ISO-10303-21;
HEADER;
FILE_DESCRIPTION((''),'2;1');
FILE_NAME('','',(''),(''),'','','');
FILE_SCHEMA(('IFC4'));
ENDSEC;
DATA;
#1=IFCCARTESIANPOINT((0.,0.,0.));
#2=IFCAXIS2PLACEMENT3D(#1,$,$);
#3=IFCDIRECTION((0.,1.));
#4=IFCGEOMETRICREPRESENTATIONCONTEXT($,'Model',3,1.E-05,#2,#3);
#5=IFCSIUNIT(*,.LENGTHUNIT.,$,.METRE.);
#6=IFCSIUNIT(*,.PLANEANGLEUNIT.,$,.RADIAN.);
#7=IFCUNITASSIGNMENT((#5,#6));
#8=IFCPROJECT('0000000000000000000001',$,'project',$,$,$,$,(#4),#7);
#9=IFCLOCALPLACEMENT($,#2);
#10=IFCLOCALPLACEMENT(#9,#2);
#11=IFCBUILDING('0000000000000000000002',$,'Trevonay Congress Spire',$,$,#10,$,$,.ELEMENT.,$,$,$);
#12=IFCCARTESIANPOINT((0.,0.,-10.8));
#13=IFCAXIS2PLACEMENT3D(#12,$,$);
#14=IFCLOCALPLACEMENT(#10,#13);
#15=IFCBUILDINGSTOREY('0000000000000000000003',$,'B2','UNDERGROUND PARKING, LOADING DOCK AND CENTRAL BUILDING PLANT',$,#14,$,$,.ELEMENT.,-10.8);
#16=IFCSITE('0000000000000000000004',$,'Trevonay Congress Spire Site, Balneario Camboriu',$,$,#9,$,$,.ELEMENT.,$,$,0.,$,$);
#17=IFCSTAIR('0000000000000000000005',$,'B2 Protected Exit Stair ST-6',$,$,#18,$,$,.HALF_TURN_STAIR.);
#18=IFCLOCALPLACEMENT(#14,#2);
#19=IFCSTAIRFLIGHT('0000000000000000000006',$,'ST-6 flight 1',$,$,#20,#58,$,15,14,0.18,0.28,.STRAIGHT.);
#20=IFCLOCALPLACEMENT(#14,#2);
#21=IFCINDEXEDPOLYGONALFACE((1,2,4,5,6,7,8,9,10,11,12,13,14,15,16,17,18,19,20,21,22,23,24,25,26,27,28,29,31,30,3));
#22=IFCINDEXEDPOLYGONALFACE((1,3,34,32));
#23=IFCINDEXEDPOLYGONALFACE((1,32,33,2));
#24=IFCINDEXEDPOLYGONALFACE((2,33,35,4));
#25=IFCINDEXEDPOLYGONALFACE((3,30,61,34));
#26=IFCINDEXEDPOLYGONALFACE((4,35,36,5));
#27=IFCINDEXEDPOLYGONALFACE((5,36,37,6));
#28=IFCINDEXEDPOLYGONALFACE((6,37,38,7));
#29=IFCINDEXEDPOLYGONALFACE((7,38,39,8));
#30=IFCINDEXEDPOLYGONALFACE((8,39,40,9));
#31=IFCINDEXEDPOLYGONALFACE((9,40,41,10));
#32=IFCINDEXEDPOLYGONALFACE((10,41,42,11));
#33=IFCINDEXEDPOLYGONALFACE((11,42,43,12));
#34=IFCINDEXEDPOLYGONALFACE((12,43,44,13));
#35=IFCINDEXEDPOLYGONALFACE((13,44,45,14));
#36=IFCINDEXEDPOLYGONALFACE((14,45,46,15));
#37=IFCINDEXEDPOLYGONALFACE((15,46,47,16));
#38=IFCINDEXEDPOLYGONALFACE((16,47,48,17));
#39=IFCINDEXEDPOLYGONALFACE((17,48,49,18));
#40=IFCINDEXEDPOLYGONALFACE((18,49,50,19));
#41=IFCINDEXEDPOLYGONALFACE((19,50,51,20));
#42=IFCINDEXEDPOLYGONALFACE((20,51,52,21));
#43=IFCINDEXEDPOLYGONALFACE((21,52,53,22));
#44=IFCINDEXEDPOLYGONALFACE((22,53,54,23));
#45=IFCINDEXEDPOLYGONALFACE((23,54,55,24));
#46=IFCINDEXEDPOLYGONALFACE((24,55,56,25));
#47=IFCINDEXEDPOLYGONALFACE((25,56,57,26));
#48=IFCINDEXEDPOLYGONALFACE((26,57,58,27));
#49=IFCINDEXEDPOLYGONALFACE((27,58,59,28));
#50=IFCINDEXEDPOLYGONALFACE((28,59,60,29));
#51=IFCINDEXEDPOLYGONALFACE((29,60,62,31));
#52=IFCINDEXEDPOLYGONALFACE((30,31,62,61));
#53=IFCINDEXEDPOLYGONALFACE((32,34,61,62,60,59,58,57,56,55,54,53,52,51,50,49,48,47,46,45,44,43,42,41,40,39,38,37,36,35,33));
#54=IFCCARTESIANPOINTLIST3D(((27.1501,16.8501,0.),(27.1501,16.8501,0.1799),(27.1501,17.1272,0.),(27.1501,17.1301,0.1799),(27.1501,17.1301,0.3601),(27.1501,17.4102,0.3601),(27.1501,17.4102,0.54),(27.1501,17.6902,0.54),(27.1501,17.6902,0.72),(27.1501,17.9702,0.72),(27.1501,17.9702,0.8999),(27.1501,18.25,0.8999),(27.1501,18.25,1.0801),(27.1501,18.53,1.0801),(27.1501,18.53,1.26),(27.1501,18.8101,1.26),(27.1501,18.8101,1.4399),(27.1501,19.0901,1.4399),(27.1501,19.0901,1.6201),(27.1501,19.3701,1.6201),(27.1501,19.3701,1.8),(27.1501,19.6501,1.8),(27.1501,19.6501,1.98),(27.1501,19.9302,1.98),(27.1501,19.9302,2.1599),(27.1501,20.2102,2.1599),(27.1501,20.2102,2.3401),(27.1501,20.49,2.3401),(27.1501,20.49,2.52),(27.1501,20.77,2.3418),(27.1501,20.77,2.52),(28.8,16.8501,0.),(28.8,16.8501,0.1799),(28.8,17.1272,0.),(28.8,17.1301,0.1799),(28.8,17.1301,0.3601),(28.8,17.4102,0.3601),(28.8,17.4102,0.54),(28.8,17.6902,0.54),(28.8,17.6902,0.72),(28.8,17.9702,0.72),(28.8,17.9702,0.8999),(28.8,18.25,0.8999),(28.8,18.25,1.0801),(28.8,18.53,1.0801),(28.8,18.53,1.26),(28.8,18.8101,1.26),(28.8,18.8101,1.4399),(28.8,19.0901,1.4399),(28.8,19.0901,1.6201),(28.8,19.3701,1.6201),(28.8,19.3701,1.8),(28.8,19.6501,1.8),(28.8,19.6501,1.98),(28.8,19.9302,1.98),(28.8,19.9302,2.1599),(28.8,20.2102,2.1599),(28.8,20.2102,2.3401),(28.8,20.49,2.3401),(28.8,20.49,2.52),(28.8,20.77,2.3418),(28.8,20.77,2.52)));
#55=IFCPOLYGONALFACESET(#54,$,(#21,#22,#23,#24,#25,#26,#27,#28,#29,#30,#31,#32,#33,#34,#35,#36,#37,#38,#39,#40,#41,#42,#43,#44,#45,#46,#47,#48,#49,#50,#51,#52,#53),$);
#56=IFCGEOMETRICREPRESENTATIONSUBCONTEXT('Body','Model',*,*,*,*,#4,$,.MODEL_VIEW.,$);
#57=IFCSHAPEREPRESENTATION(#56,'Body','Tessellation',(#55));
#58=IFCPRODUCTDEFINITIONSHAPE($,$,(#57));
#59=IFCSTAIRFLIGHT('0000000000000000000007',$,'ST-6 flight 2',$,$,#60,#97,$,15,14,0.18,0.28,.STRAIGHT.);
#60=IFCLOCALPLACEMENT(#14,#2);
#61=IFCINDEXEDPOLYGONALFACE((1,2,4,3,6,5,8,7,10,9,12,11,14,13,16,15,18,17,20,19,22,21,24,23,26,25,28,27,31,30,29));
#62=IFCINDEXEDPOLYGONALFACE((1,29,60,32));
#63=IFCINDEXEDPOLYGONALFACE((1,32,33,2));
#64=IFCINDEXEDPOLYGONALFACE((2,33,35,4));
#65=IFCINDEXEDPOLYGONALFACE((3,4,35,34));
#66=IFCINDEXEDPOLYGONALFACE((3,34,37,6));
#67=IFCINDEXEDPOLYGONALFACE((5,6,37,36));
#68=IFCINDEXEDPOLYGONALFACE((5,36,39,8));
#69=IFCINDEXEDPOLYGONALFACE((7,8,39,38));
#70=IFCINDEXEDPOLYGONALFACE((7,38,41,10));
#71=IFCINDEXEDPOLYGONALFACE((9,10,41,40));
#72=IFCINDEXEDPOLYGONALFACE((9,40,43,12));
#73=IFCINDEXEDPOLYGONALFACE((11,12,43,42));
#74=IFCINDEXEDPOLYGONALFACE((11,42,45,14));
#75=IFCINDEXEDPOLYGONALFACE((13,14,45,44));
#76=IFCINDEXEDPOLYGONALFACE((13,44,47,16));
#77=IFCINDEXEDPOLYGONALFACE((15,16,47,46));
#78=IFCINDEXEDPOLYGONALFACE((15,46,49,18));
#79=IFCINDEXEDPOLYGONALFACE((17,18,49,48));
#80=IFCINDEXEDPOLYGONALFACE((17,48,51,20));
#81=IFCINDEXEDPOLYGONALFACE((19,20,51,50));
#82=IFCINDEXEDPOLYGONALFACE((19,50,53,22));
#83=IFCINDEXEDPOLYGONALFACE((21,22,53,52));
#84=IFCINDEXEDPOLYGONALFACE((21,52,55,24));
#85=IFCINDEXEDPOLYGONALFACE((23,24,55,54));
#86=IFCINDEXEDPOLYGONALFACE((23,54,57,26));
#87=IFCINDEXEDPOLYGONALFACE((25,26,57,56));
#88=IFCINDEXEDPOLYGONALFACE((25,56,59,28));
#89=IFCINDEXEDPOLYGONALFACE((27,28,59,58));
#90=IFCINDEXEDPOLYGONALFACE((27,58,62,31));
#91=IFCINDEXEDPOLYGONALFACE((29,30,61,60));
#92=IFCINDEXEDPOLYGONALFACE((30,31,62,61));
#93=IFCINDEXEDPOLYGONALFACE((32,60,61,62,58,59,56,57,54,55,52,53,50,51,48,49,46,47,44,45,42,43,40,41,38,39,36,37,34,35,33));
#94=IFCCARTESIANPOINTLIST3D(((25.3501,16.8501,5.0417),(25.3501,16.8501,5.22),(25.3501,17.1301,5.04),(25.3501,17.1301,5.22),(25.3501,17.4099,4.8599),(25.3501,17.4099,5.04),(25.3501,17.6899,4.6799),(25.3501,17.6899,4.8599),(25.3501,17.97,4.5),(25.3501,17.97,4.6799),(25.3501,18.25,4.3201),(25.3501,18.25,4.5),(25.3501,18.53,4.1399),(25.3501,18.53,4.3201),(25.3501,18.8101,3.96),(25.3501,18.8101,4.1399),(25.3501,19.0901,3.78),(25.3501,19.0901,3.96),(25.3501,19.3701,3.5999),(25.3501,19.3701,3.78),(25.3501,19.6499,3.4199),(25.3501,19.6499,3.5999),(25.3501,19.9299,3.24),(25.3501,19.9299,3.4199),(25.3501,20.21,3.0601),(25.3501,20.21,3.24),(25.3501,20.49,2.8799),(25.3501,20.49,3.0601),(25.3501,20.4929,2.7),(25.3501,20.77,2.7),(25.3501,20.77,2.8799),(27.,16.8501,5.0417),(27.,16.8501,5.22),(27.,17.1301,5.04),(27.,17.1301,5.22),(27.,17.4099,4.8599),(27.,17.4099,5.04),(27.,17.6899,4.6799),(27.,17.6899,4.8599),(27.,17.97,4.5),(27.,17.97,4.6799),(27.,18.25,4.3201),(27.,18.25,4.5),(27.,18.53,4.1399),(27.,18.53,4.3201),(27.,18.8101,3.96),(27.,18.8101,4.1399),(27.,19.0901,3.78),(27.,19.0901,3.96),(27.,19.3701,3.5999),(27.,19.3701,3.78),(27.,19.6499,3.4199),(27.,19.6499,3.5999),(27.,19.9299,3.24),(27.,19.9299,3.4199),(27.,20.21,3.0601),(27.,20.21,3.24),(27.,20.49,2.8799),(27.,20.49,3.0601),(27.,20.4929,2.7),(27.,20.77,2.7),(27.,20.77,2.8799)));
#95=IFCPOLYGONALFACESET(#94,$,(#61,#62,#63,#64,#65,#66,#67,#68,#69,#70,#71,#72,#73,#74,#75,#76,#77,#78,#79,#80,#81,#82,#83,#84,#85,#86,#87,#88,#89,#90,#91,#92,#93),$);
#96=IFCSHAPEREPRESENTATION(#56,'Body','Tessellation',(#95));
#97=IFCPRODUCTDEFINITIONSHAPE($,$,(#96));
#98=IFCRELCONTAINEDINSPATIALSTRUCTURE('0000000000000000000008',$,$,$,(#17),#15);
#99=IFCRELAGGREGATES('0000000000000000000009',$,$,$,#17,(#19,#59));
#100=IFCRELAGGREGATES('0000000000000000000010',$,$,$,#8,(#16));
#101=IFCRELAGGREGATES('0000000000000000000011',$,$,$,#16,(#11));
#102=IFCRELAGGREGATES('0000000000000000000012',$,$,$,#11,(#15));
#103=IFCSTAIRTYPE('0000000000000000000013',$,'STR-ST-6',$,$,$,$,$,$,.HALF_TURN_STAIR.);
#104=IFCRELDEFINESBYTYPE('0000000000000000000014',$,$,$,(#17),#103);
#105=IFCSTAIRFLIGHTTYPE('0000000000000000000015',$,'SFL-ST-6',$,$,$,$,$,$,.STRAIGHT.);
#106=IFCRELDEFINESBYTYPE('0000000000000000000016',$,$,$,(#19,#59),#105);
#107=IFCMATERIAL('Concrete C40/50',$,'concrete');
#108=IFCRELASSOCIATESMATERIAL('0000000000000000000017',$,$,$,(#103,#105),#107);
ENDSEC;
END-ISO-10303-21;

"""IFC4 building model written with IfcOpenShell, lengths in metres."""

from ifc_helpers import new_model, si_unit, direction, frame, origin, place, context, subcontext, project, spatial, polyline, outline, extrude, material, type_object, element, aggregate, save


model = new_model("IFC4")

# Units and contexts
model_context = context("Model", 3, precision=1e-05, world=origin(), true_north=direction((0.0, 1.0)))
body_context = subcontext(model_context, "Body", "Model", "MODEL_VIEW")
ifc_project = project(units=[si_unit("LENGTHUNIT", "METRE"), si_unit("PLANEANGLEUNIT", "RADIAN")], contexts=[model_context])

# Site, building, storey
site_placement = place(None, origin())
site = spatial("IfcSite", under=ifc_project, at=site_placement, Name="Trevonay Congress Spire Site, Balneario Camboriu", CompositionType="ELEMENT", RefElevation=0.0)
building_placement = place(site_placement, origin())
building = spatial("IfcBuilding", under=site, at=building_placement, Name="Trevonay Congress Spire", CompositionType="ELEMENT")
storey_placement = place(building_placement, frame((0.0, 0.0, -10.8)))
storey = spatial("IfcBuildingStorey", under=building, at=storey_placement, Name="B2", Description="UNDERGROUND PARKING, LOADING DOCK AND CENTRAL BUILDING PLANT", CompositionType="ELEMENT", Elevation=-10.8)

# Shared definitions
ifc_material_1 = material(Name="Concrete C40/50", Category="concrete")

# Stair, stair flights
stair_type = type_object("IfcStairType", Name="STR-ST-6", PredefinedType="HALF_TURN_STAIR", material=ifc_material_1)
stair_placement = place(storey_placement, origin())
stair = element("IfcStair", 1, at=stair_placement, inside=storey, type_object=stair_type, Name="B2 Protected Exit Stair ST-6", PredefinedType="HALF_TURN_STAIR")
stair_flight_type = type_object("IfcStairFlightType", Name="SFL-ST-6", PredefinedType="STRAIGHT", material=ifc_material_1)
stair_flight_1_placement = place(storey_placement, frame((27.9751, 16.8501, 0.0), z_axis=(0.0, 0.0, 1.0), x_axis=(0.0, 1.0, 0.0)))
stair_flight_1 = element("IfcStairFlight", 2, at=stair_flight_1_placement, type_object=stair_flight_type, Name="ST-6 flight 1", NumberOfRisers=15, NumberOfTreads=14, PredefinedType="STRAIGHT", RiserHeight=0.18, TreadLength=0.28, context=body_context, shape_type="SweptSolid", body=[
    extrude(outline(polyline([(0.0, 0.0), (0.0, 0.1799), (0.28, 0.1799), (0.28, 0.3601), (0.5601, 0.3601), (0.5601, 0.54), (0.8401, 0.54), (0.8401, 0.72), (1.1201, 0.72), (1.1201, 0.8999), (1.3999, 0.8999), (1.3999, 1.0801), (1.6799, 1.0801), (1.6799, 1.26), (1.96, 1.26), (1.96, 1.4399), (2.24, 1.4399), (2.24, 1.6201), (2.52, 1.6201), (2.52, 1.8), (2.8, 1.8), (2.8, 1.98), (3.0801, 1.98), (3.0801, 2.1599), (3.3601, 2.1599), (3.3601, 2.3401), (3.6399, 2.3401), (3.6399, 2.52), (3.9199, 2.52), (3.9199, 2.7), (3.9199, 2.3418), (0.2771, 0.0), (0.0, 0.0)])), frame((0.0, 0.825, 0.0), z_axis=(0.0, -1.0, 0.0), x_axis=(1.0, 0.0, 0.0)), (0.0, 0.0, 1.0), 1.6499),
])
stair_flight_2_placement = place(storey_placement, frame((26.175, 20.77, 2.7), z_axis=(0.0, 0.0, 1.0), x_axis=(0.0, -1.0, 0.0)))
stair_flight_2 = element("IfcStairFlight", 3, at=stair_flight_2_placement, type_object=stair_flight_type, Name="ST-6 flight 2", NumberOfRisers=15, NumberOfTreads=14, PredefinedType="STRAIGHT", RiserHeight=0.18, TreadLength=0.28, context=body_context, shape_type="SweptSolid", body=[
    extrude(outline(polyline([(0.0, 0.0), (0.0, 0.1799), (0.28, 0.1799), (0.28, 0.3601), (0.5601, 0.3601), (0.5601, 0.54), (0.8401, 0.54), (0.8401, 0.72), (1.1201, 0.72), (1.1201, 0.8999), (1.3999, 0.8999), (1.3999, 1.0801), (1.6799, 1.0801), (1.6799, 1.26), (1.96, 1.26), (1.96, 1.4399), (2.24, 1.4399), (2.24, 1.6201), (2.52, 1.6201), (2.52, 1.8), (2.8, 1.8), (2.8, 1.98), (3.0801, 1.98), (3.0801, 2.1599), (3.3601, 2.1599), (3.3601, 2.3401), (3.6399, 2.3401), (3.6399, 2.52), (3.9199, 2.52), (3.9199, 2.7), (3.9199, 2.3418), (0.2771, 0.0), (0.0, 0.0)])), frame((0.0, 0.825, 0.0), z_axis=(0.0, -1.0, 0.0), x_axis=(1.0, 0.0, 0.0)), (0.0, 0.0, 1.0), 1.6499),
])
aggregate(stair, [stair_flight_1, stair_flight_2])

save(model, "model.ifc")
